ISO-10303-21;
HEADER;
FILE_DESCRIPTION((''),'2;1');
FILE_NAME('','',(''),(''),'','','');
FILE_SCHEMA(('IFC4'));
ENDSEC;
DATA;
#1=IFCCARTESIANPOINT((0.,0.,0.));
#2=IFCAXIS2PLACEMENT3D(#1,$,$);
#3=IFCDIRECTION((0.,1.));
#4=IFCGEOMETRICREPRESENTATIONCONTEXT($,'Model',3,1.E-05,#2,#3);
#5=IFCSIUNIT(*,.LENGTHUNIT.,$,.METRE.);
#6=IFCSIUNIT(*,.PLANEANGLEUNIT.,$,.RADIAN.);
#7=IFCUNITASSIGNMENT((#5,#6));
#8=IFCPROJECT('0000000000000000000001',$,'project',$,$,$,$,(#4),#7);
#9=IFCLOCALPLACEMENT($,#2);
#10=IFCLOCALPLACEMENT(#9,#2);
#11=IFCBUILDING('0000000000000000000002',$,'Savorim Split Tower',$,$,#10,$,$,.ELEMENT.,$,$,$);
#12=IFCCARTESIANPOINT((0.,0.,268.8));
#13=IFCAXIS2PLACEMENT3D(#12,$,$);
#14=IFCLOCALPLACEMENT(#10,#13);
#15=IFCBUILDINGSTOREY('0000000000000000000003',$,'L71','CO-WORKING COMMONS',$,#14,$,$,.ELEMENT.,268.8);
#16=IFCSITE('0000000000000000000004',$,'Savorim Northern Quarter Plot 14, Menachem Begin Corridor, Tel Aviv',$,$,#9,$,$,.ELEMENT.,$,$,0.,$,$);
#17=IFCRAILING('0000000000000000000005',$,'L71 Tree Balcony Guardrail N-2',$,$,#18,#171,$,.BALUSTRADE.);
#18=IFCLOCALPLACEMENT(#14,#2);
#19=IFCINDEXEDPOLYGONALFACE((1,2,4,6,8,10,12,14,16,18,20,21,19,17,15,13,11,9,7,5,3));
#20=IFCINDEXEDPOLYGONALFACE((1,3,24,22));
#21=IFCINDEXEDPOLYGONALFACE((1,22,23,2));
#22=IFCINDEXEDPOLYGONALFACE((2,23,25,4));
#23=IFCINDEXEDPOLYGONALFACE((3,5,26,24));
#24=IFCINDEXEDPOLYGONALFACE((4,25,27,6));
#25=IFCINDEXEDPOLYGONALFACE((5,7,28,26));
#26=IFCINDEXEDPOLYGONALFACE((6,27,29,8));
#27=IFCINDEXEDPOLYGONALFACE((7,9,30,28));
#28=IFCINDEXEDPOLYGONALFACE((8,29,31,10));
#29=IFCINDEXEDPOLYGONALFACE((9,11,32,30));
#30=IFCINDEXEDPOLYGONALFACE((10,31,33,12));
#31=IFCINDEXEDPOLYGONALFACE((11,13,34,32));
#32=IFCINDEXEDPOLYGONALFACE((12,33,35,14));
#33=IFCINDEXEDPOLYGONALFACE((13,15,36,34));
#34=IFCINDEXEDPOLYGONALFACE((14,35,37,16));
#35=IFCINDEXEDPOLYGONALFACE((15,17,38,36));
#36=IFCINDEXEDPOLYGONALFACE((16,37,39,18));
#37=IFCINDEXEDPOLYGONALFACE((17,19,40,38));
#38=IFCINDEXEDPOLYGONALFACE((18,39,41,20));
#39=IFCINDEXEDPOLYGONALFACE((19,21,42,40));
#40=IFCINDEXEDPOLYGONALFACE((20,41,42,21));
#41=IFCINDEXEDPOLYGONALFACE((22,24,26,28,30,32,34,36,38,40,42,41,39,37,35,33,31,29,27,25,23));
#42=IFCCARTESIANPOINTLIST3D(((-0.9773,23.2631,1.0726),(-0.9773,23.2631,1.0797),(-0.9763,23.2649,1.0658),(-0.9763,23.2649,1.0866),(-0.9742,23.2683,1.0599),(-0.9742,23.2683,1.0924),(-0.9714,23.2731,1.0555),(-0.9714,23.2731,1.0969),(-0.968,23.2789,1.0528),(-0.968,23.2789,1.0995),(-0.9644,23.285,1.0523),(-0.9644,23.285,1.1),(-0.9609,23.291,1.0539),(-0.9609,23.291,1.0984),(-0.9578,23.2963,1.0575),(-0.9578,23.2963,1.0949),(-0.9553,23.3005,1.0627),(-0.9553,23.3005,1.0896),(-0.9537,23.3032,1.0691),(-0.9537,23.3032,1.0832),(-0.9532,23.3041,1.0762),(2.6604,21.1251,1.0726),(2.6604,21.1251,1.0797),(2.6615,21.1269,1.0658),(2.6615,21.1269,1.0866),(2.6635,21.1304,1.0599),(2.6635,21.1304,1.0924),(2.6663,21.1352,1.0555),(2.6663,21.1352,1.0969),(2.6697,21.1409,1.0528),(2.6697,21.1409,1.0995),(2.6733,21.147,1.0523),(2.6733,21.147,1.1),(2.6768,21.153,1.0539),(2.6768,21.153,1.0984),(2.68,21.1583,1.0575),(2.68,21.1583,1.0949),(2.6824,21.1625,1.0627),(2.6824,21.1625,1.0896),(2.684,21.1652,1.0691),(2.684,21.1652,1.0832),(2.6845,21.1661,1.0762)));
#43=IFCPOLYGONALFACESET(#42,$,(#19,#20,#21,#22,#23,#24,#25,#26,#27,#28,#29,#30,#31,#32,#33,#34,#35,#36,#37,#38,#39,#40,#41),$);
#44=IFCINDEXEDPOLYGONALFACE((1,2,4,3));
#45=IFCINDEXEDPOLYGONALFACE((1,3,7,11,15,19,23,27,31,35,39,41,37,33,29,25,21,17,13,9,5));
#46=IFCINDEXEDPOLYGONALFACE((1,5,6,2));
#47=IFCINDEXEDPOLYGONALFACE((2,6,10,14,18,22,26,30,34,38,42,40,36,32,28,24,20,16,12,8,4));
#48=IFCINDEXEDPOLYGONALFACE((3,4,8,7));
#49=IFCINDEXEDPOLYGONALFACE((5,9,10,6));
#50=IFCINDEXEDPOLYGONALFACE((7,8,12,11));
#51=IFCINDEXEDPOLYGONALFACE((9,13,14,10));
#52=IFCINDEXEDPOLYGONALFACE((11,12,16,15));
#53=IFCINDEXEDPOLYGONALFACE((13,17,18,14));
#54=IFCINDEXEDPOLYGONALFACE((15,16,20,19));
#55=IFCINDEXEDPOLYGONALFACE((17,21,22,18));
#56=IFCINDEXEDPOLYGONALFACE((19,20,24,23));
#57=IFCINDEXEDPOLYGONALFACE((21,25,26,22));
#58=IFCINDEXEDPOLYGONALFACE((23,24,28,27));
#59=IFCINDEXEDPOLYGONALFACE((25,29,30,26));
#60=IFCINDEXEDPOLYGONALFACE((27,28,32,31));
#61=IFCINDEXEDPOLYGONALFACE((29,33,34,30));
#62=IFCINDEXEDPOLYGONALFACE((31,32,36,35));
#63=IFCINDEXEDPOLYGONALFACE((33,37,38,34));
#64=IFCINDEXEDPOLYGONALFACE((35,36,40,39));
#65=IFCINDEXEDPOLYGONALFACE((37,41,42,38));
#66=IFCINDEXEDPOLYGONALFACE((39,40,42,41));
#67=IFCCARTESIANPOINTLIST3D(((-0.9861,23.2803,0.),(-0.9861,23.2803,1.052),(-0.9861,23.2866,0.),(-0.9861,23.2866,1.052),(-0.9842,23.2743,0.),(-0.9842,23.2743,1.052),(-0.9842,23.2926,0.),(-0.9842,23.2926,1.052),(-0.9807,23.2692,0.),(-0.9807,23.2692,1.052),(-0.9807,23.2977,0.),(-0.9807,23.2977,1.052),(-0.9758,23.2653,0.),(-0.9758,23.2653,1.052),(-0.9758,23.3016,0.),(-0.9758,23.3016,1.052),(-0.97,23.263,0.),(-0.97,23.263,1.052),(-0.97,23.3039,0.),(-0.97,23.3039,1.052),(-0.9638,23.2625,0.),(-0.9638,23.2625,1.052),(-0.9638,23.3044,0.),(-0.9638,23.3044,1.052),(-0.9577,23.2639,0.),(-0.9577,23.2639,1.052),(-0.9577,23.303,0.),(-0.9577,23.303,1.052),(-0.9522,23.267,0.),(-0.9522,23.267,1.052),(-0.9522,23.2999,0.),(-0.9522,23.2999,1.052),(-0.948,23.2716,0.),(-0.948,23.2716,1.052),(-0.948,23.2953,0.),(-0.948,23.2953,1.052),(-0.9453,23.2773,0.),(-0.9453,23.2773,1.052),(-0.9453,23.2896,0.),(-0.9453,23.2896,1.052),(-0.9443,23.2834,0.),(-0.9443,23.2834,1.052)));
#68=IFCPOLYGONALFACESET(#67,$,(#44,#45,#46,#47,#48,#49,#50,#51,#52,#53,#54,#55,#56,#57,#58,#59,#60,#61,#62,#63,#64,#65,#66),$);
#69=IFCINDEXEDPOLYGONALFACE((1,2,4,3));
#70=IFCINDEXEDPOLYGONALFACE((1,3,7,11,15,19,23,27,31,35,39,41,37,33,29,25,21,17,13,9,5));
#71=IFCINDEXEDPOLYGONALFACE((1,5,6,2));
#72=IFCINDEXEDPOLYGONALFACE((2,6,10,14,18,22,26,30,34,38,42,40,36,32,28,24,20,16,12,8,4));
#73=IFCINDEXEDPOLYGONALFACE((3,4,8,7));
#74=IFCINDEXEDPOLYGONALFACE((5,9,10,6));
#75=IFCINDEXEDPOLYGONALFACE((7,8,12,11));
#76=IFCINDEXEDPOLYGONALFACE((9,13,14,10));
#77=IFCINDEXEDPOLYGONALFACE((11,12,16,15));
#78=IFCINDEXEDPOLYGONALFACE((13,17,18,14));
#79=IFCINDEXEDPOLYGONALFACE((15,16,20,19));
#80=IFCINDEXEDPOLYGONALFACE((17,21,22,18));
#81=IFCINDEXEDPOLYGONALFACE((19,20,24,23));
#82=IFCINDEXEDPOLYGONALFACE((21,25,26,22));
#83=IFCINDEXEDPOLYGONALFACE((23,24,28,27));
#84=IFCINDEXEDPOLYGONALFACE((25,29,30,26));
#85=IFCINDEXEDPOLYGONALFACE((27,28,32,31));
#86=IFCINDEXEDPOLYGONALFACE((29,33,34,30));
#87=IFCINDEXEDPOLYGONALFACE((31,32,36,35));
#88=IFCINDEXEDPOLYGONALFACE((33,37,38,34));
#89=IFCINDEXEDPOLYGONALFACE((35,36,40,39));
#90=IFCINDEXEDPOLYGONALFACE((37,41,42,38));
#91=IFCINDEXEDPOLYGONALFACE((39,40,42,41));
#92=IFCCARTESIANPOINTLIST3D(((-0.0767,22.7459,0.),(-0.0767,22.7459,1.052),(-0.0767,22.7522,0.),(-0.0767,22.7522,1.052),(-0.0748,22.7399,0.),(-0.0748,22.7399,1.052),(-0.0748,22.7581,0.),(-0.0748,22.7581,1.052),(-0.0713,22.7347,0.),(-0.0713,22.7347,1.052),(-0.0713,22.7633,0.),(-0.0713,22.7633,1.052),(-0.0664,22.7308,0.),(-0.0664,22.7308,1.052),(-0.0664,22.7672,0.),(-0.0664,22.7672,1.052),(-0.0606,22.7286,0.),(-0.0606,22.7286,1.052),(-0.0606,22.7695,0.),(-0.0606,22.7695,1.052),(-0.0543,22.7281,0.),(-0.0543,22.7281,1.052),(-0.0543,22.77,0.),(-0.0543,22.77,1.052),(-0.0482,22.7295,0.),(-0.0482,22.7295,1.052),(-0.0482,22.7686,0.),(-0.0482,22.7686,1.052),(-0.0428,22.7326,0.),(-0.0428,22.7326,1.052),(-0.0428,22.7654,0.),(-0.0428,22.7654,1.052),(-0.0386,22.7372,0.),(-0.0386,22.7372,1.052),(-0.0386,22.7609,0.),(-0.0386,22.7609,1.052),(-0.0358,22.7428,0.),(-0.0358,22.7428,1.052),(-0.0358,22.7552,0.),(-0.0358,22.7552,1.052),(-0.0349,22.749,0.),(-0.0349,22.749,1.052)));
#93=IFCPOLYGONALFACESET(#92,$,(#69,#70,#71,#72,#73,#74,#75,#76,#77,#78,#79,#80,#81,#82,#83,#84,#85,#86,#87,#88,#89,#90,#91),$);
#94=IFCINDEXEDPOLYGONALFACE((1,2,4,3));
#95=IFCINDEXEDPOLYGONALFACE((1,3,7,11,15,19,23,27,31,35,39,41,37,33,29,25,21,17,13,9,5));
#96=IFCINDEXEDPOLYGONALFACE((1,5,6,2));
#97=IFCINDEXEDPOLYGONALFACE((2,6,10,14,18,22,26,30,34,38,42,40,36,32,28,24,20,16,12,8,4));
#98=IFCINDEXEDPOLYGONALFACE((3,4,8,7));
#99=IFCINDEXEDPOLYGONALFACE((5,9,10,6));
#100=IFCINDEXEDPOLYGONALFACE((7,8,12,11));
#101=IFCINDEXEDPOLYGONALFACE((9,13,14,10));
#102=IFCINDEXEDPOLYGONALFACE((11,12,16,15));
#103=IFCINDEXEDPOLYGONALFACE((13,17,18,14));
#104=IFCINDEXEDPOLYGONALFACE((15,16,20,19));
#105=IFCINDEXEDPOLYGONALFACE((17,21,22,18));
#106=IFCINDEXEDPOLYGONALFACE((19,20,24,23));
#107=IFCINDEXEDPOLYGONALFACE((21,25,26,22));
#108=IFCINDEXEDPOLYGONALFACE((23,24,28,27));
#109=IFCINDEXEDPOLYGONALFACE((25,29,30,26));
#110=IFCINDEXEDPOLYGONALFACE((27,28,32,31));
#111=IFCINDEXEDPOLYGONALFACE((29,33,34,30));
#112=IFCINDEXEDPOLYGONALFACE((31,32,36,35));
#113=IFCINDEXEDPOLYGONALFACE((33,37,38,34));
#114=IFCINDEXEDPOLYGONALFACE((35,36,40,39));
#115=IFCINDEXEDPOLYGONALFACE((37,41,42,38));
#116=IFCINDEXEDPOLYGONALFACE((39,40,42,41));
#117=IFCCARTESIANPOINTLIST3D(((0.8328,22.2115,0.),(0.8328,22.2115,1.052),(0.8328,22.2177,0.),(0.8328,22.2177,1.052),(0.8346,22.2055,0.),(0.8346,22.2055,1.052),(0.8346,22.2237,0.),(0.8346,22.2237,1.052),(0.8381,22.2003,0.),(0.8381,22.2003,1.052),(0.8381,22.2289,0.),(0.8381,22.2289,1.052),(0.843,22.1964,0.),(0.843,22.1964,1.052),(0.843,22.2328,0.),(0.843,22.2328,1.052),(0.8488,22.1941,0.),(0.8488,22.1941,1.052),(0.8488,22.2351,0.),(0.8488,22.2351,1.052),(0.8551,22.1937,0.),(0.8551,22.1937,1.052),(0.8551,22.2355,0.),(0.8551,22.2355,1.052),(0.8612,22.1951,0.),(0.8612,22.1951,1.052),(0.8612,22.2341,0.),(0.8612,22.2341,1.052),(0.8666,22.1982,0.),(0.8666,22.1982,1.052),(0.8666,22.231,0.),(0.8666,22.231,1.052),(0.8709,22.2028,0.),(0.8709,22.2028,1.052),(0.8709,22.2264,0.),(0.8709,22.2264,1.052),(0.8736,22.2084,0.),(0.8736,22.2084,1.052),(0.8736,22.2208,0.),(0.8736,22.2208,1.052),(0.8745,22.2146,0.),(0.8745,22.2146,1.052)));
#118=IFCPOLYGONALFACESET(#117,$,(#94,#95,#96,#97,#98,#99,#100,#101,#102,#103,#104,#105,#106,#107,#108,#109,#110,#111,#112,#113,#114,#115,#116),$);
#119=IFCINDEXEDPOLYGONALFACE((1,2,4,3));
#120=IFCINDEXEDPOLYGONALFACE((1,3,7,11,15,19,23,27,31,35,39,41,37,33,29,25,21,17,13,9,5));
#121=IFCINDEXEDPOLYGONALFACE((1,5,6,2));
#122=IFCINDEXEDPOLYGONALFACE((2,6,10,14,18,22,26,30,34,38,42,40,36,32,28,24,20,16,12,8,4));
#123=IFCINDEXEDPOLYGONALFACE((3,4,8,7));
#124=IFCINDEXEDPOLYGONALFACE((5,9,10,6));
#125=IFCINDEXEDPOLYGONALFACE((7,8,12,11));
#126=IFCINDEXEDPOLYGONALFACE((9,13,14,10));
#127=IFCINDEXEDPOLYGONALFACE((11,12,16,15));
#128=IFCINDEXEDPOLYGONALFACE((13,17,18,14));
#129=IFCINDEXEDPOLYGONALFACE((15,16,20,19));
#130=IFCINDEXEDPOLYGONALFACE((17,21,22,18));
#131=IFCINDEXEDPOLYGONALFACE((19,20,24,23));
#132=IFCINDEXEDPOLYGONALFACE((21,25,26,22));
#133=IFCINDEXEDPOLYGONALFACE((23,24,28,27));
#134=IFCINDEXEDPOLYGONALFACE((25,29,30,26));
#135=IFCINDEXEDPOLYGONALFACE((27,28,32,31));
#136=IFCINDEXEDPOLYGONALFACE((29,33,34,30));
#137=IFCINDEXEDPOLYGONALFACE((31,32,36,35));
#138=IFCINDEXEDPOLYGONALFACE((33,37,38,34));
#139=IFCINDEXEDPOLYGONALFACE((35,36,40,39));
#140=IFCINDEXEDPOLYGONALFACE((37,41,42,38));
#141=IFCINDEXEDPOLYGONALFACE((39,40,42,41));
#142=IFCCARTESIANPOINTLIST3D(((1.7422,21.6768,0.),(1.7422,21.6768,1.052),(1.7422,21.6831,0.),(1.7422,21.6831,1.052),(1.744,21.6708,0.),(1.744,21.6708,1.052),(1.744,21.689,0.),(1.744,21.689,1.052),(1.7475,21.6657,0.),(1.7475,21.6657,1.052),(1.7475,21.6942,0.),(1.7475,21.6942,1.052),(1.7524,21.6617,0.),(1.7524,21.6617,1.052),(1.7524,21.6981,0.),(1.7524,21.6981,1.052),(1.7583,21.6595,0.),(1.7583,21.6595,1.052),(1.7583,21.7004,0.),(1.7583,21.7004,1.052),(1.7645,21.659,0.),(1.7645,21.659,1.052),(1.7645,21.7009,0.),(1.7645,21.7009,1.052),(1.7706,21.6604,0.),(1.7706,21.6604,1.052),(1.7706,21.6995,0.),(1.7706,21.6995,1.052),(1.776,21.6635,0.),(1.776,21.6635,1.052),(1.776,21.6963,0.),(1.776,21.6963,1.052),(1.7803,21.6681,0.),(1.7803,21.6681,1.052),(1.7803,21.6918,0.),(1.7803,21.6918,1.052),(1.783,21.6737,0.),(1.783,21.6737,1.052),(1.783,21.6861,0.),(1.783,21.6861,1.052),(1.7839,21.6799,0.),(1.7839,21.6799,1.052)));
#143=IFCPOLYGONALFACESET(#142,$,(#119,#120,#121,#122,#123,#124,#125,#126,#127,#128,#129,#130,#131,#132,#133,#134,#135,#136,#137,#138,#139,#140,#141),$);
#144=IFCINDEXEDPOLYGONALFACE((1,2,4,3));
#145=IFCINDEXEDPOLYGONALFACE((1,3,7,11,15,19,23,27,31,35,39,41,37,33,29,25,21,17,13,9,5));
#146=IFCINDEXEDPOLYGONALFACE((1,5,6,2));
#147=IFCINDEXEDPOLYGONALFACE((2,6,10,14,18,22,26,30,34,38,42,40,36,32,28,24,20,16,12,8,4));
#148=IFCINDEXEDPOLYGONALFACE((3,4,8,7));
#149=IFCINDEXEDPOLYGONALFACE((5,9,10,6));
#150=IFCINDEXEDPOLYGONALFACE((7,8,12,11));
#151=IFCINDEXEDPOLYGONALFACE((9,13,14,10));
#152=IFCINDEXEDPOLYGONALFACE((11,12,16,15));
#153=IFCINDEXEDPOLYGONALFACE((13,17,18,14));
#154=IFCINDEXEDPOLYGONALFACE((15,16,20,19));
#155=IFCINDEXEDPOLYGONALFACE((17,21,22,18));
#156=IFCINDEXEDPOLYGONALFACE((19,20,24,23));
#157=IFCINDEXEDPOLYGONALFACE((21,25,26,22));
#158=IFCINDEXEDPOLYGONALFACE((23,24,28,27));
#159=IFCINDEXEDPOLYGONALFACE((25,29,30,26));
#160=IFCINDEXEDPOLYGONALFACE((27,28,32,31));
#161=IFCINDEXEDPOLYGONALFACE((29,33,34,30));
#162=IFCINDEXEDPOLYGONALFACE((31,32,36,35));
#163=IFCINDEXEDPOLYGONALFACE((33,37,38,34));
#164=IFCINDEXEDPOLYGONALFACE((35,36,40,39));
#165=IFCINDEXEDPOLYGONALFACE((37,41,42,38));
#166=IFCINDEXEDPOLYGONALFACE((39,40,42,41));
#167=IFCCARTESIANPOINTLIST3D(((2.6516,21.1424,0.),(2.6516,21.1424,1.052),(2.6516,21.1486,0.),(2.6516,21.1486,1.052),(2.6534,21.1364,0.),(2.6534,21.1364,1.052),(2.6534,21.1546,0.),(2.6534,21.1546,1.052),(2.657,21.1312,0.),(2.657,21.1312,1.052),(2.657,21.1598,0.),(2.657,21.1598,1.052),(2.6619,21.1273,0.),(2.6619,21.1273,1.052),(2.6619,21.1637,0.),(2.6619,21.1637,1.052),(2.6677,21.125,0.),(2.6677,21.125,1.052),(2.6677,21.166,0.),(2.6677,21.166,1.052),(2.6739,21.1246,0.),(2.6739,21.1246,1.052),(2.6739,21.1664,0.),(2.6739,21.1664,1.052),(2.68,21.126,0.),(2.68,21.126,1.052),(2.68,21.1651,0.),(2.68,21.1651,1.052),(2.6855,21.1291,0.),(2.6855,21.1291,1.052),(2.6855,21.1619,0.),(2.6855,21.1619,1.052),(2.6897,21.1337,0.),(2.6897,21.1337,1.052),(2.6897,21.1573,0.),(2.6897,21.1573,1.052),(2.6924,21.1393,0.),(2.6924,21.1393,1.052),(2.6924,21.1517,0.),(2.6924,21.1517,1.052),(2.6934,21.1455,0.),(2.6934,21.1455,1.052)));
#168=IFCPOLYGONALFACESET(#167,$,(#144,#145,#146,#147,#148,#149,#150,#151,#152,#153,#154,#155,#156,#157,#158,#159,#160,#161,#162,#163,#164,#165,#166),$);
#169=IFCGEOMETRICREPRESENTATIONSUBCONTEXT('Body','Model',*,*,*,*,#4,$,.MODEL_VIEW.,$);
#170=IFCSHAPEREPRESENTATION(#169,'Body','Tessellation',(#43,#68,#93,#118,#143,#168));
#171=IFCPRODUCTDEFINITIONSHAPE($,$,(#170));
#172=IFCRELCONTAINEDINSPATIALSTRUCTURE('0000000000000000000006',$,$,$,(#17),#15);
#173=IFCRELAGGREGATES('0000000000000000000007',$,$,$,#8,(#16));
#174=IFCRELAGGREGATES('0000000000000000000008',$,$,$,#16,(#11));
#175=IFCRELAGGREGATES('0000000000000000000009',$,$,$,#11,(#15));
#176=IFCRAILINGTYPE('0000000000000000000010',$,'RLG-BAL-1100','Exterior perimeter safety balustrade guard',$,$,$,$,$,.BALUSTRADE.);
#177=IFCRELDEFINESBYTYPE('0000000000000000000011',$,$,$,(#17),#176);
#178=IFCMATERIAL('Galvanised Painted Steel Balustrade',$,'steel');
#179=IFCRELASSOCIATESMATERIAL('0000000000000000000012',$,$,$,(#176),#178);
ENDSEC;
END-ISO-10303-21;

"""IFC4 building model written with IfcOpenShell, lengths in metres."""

from ifc_helpers import new_model, si_unit, direction, frame, origin, origin_2d, place, context, subcontext, project, spatial, circle, extrude, material, type_object, element, save


model = new_model("IFC4")

# Units and contexts
model_context = context("Model", 3, precision=1e-05, world=origin(), true_north=direction((0.0, 1.0)))
body_context = subcontext(model_context, "Body", "Model", "MODEL_VIEW")
ifc_project = project(units=[si_unit("LENGTHUNIT", "METRE"), si_unit("PLANEANGLEUNIT", "RADIAN")], contexts=[model_context])

# Site, building, storey
site_placement = place(None, origin())
site = spatial("IfcSite", under=ifc_project, at=site_placement, Name="Savorim Northern Quarter Plot 14, Menachem Begin Corridor, Tel Aviv", CompositionType="ELEMENT", RefElevation=0.0)
building_placement = place(site_placement, origin())
building = spatial("IfcBuilding", under=site, at=building_placement, Name="Savorim Split Tower", CompositionType="ELEMENT")
storey_placement = place(building_placement, frame((0.0, 0.0, 268.8)))
storey = spatial("IfcBuildingStorey", under=building, at=storey_placement, Name="L71", Description="CO-WORKING COMMONS", CompositionType="ELEMENT", Elevation=268.8)

# Railing
ifc_material_1 = material(Name="Galvanised Painted Steel Balustrade", Category="steel")
railing_type = type_object("IfcRailingType", Name="RLG-BAL-1100", Description="Exterior perimeter safety balustrade guard", PredefinedType="BALUSTRADE", material=ifc_material_1)
railing_1_placement = place(storey_placement, frame((-0.9653, 23.2834, 0.0)))
element("IfcRailing", 1, at=railing_1_placement, inside=storey, type_object=railing_type, Name="L71 Tree Balcony Guardrail N-2", PredefinedType="BALUSTRADE", context=body_context, shape_type="SweptSolid", body=[
    extrude(circle(Radius=0.0239, at=origin_2d()), frame((0.0, 0.0, 1.0762), z_axis=(0.862129, -0.506689, 0.0), x_axis=(0.506689, 0.862129, 0.0)), (0.0, 0.0, 1.0), 4.2195),
    extrude(circle(Radius=0.021, at=origin_2d()), origin(), (0.0, 0.0, 1.0), 1.052),
    extrude(circle(Radius=0.021, at=origin_2d()), frame((0.9094, -0.5344, 0.0)), (0.0, 0.0, 1.0), 1.052),
    extrude(circle(Radius=0.021, at=origin_2d()), frame((1.8188, -1.0688, 0.0)), (0.0, 0.0, 1.0), 1.052),
    extrude(circle(Radius=0.021, at=origin_2d()), frame((2.7283, -1.6035, 0.0)), (0.0, 0.0, 1.0), 1.052),
    extrude(circle(Radius=0.021, at=origin_2d()), frame((3.6377, -2.1379, 0.0)), (0.0, 0.0, 1.0), 1.052),
])

save(model, "model.ifc")
